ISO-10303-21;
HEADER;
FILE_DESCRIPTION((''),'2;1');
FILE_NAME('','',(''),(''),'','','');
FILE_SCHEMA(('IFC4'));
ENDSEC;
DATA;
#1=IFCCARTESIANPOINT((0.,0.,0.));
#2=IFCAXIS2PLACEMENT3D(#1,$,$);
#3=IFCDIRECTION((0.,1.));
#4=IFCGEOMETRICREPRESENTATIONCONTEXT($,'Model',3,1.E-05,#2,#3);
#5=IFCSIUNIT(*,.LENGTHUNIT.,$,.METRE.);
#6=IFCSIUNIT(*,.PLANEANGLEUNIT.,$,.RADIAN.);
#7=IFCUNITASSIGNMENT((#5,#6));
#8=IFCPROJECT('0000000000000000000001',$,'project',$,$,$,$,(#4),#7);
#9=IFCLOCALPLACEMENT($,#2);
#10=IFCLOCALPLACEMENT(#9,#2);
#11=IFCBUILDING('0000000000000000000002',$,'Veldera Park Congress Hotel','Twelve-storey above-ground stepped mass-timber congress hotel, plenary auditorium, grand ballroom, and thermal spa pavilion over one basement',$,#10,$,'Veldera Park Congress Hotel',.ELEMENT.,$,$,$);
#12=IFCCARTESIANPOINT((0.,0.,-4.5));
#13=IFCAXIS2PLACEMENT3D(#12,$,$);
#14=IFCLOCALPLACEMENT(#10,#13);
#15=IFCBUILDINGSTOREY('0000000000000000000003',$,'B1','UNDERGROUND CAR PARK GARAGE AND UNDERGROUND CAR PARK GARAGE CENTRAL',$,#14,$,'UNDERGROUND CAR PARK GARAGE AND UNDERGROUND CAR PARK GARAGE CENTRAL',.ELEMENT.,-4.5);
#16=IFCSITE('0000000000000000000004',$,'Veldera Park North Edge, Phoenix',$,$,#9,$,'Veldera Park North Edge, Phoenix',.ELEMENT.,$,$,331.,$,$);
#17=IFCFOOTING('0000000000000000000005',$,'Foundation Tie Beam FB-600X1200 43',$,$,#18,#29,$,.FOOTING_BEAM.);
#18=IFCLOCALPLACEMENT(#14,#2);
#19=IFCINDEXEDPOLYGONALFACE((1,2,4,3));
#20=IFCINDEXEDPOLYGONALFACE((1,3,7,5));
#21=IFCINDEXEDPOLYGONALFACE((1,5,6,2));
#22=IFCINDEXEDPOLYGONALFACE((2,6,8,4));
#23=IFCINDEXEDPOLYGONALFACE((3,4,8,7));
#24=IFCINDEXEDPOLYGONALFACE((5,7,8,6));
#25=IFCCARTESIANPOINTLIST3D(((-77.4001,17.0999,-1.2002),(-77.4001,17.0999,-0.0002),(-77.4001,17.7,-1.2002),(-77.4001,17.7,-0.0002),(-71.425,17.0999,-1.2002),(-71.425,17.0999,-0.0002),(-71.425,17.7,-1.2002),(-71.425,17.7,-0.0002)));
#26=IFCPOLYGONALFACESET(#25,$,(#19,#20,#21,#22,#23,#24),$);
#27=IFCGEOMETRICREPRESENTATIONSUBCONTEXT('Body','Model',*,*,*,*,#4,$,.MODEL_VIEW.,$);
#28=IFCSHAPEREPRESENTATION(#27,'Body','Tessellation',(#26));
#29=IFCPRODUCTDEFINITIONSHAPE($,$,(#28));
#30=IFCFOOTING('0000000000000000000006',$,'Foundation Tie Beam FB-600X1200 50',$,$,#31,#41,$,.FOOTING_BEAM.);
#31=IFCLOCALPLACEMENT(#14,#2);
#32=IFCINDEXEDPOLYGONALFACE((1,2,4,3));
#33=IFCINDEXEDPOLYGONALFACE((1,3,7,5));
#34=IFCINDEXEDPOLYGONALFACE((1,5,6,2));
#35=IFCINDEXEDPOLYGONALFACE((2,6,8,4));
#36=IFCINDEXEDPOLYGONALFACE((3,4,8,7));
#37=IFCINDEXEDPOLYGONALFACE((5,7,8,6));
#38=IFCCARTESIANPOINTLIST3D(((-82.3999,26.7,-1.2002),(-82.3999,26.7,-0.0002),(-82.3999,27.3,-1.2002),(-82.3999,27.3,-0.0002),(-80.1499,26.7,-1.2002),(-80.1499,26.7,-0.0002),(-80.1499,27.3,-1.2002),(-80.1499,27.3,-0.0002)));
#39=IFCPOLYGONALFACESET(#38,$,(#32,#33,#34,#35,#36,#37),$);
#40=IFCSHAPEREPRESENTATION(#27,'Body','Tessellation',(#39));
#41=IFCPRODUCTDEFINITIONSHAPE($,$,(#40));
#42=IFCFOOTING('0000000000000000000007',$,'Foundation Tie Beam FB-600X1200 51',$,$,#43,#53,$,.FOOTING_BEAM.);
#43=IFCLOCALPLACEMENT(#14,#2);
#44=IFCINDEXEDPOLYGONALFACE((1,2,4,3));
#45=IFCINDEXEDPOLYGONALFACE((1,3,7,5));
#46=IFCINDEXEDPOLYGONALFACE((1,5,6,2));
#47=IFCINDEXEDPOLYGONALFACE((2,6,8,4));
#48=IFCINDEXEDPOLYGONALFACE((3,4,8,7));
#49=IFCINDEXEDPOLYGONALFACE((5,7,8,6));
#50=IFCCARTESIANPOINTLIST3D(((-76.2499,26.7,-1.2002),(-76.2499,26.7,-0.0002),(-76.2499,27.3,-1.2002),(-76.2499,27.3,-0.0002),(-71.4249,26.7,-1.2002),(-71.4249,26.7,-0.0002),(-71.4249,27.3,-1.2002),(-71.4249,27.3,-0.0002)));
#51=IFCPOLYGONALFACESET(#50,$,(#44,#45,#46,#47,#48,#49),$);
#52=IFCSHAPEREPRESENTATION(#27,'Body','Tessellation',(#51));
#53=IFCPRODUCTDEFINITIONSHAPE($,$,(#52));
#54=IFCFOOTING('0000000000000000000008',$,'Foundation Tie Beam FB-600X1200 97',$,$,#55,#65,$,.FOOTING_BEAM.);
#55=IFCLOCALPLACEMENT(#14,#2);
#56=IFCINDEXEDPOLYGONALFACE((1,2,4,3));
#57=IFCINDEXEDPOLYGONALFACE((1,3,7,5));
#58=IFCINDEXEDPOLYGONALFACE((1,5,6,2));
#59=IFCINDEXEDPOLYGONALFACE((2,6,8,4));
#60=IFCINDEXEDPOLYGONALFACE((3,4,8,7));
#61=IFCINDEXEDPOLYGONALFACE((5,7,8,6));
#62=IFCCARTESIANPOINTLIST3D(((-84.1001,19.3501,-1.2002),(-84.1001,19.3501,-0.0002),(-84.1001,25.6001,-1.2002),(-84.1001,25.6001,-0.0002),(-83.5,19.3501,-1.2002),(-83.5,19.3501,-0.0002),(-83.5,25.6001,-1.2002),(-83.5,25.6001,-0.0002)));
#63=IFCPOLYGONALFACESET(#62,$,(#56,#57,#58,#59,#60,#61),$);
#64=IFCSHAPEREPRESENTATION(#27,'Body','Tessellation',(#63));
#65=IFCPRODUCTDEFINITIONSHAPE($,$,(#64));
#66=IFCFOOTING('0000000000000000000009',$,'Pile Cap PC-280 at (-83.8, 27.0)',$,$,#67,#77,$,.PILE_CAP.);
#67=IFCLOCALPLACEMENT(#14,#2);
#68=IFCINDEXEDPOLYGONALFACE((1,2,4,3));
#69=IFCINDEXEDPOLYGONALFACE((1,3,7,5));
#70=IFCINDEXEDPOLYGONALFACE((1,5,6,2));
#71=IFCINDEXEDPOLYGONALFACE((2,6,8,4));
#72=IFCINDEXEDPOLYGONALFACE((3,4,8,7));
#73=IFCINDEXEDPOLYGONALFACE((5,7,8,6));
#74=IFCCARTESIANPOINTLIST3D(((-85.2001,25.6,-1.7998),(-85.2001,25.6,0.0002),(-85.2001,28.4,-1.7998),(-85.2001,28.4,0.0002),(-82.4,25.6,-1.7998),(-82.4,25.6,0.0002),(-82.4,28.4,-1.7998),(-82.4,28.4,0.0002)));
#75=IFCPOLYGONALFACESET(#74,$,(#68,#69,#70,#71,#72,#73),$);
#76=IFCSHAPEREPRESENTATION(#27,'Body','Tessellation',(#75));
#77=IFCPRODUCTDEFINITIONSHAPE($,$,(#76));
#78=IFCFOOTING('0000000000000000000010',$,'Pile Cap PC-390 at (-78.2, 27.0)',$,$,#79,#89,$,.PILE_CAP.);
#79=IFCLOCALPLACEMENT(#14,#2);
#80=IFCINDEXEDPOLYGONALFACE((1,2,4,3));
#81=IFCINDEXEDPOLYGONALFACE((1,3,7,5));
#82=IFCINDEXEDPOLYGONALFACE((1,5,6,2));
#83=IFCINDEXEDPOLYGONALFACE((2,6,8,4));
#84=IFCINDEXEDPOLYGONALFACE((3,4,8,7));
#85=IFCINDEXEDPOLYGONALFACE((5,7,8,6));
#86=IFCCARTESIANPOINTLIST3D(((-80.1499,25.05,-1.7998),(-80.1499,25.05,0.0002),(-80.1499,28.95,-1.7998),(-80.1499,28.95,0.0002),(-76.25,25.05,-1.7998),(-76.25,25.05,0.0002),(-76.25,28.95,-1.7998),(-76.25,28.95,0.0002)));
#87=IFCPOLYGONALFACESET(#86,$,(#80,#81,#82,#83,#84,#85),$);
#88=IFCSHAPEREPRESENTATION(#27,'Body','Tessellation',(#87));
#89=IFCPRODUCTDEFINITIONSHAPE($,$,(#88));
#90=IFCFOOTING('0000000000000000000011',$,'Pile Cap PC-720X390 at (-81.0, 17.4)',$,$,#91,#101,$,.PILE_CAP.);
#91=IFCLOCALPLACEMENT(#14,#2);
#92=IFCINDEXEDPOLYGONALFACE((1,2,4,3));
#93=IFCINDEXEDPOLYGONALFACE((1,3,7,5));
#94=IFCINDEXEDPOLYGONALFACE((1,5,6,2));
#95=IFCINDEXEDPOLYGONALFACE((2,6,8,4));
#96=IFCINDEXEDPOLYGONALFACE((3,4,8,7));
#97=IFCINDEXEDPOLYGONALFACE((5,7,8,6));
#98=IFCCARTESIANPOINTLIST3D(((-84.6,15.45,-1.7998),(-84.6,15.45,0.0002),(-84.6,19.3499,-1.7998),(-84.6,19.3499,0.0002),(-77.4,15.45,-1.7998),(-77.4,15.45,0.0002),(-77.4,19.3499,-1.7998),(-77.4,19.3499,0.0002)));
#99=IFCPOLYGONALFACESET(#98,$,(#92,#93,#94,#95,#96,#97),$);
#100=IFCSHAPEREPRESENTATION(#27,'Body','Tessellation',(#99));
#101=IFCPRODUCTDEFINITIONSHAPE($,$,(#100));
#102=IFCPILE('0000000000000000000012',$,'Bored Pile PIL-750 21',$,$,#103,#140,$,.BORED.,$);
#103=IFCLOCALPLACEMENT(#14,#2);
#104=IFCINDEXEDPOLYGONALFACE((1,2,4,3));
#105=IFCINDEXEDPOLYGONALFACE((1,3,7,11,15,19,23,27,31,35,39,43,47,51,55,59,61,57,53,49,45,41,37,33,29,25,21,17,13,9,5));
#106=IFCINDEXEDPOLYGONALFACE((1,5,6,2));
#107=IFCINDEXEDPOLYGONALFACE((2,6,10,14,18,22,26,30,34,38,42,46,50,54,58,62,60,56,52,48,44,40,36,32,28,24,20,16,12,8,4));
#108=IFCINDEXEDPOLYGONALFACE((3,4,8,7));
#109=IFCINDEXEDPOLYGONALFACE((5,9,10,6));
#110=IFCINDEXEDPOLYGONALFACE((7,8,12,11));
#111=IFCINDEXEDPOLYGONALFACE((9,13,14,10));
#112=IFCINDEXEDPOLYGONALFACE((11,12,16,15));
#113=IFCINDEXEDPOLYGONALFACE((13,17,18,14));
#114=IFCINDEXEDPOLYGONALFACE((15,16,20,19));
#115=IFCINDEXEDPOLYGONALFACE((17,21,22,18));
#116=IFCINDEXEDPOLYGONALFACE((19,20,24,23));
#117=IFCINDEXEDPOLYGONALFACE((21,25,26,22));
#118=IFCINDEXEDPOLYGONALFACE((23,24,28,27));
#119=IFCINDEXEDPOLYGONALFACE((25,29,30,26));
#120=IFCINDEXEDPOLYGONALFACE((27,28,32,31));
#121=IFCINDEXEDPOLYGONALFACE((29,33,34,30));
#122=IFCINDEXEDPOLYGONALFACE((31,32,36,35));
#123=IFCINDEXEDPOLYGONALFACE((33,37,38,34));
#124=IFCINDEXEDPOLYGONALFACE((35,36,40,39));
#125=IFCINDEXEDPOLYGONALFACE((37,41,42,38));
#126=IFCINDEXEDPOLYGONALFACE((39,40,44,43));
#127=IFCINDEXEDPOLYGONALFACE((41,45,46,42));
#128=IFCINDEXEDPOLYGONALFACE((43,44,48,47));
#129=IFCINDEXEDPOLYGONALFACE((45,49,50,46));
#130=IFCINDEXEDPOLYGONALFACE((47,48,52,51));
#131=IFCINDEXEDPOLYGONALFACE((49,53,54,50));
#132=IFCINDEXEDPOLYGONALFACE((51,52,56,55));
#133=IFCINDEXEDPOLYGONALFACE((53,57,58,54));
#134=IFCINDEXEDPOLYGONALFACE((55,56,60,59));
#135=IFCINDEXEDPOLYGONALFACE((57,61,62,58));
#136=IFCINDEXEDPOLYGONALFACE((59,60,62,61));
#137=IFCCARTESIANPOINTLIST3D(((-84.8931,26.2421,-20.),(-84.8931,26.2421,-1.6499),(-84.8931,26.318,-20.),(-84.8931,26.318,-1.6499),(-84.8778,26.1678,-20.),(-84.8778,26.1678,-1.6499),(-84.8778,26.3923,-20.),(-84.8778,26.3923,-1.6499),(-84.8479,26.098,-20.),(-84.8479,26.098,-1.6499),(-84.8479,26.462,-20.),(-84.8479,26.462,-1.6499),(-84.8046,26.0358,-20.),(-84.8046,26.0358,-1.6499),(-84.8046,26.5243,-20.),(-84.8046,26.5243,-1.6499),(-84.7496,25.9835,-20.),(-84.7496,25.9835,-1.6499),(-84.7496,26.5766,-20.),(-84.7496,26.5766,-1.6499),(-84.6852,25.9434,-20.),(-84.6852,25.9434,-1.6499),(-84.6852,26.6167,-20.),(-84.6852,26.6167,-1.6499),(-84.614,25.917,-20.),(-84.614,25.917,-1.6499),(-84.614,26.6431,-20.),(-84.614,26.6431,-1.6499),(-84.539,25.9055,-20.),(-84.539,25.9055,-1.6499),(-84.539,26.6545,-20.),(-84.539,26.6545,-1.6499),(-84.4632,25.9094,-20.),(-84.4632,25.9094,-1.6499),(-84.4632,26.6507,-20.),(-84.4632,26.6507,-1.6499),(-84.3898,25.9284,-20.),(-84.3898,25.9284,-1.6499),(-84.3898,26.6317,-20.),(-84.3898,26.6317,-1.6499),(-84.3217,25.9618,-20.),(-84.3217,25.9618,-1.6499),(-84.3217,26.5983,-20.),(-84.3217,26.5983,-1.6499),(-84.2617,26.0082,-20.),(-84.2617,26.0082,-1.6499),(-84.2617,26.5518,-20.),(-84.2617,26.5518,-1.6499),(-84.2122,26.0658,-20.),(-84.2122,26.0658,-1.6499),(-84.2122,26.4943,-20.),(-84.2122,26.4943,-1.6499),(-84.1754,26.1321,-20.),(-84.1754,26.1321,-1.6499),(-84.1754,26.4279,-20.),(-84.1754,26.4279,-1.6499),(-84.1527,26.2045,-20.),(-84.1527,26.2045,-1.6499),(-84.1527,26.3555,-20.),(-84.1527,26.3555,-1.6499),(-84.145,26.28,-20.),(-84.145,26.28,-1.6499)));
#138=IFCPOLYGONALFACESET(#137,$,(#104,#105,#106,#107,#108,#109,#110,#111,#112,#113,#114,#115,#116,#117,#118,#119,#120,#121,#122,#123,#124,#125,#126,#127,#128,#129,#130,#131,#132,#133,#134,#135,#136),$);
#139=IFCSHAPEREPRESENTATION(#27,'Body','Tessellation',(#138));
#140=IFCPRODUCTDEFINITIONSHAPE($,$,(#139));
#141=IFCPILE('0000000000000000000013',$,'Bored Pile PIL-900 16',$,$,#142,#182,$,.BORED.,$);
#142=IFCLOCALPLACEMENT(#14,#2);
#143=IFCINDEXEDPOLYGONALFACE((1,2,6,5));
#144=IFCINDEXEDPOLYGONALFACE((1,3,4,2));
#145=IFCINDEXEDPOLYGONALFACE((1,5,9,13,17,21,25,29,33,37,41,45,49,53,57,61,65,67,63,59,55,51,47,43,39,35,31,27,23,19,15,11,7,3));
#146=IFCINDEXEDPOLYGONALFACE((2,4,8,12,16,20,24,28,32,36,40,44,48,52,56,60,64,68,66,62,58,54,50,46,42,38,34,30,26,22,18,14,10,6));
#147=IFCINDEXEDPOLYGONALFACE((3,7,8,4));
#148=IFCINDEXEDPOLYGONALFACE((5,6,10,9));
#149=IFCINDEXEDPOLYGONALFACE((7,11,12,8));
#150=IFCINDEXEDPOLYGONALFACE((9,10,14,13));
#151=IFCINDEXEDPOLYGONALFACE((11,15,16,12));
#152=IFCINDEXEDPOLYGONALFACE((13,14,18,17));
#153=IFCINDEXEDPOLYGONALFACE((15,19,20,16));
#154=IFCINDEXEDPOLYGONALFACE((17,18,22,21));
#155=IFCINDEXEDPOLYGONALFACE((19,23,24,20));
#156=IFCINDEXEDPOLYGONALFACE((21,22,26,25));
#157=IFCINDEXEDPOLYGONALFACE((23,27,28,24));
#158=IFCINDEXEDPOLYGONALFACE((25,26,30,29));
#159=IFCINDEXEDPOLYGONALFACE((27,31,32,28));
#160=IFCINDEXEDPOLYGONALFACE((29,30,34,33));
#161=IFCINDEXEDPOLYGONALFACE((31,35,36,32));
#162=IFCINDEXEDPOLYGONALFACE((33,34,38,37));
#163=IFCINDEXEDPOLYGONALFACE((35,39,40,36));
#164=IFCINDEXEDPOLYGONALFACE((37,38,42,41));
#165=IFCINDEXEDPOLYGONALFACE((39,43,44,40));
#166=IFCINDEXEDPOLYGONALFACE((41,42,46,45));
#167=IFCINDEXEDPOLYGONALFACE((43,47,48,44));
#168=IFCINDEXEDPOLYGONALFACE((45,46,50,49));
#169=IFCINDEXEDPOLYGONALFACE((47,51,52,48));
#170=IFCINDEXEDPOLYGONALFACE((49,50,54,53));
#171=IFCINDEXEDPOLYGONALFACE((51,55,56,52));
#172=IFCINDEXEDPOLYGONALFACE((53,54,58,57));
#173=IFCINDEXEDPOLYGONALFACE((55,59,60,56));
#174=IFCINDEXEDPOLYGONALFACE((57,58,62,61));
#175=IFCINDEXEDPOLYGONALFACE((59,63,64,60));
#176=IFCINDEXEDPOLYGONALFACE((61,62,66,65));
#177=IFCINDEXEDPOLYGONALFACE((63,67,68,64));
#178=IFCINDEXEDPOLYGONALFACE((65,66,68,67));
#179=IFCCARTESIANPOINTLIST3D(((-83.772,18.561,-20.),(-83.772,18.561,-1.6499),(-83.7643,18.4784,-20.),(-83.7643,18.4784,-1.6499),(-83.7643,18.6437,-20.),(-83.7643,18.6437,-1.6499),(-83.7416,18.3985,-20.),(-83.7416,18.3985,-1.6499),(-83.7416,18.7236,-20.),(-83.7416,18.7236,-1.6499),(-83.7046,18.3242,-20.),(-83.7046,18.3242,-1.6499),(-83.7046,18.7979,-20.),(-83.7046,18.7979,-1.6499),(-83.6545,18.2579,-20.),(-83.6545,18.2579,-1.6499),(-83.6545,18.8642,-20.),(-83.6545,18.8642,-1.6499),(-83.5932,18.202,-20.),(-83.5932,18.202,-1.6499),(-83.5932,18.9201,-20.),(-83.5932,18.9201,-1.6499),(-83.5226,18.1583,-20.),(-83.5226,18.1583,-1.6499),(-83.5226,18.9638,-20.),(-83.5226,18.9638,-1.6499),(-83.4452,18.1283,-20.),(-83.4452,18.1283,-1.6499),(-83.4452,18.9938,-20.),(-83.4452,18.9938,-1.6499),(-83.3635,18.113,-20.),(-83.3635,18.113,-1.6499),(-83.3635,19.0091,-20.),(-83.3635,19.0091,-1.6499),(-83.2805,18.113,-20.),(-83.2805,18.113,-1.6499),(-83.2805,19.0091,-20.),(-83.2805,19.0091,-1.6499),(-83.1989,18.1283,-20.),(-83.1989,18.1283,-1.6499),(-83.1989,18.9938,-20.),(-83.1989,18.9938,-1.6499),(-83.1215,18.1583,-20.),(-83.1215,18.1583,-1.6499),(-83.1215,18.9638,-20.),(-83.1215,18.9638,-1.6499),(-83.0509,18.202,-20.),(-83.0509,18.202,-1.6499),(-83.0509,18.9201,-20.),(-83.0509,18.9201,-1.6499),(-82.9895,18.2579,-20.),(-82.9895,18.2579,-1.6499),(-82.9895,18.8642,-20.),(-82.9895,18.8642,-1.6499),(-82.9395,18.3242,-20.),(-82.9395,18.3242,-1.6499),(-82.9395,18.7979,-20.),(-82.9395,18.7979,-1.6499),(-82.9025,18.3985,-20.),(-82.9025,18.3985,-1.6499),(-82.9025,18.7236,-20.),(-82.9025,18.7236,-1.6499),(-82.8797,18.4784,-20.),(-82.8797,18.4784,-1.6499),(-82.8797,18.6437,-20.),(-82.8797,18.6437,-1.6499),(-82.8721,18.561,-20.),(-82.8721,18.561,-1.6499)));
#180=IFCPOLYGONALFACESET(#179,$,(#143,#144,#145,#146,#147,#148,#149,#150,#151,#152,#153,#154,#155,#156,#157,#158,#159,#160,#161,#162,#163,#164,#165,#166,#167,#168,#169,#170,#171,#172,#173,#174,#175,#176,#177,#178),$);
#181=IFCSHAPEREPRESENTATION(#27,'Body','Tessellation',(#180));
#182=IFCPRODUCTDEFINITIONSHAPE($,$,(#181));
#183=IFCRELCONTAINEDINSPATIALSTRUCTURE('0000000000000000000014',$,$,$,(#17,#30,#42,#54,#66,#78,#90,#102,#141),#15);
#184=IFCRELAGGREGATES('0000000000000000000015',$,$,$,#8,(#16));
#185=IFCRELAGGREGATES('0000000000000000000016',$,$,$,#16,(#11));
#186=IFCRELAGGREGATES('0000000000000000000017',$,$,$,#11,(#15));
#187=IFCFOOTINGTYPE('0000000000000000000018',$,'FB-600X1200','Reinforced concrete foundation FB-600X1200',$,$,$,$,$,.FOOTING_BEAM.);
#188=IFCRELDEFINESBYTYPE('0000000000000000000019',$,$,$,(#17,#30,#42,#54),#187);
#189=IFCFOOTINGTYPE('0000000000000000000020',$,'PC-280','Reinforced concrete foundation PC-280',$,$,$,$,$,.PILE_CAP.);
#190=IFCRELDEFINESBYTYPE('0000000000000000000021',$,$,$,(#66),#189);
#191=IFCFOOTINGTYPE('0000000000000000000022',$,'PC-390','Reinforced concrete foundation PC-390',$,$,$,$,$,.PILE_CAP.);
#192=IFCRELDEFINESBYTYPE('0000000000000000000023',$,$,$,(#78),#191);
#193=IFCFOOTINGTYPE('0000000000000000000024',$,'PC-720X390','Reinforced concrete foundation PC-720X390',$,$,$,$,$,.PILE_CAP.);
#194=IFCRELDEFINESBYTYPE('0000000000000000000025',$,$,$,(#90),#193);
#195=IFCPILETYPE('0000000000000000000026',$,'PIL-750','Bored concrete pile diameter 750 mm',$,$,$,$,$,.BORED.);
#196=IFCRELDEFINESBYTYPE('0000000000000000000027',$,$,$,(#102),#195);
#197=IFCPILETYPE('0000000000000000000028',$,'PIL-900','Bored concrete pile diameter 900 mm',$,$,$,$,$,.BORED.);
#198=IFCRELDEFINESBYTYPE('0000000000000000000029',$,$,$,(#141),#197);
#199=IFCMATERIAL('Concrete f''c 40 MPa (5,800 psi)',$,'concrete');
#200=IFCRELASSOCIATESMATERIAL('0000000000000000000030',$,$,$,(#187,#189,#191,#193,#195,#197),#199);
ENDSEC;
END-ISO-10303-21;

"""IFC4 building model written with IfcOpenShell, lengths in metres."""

from ifc_helpers import new_model, si_unit, direction, frame, origin, origin_2d, place, context, subcontext, project, spatial, rectangle, circle, extrude, material, material_profile, profile_set, type_object, element, save


model = new_model("IFC4")

# Units and contexts
model_context = context("Model", 3, precision=1e-05, world=origin(), true_north=direction((0.0, 1.0)))
body_context = subcontext(model_context, "Body", "Model", "MODEL_VIEW")
ifc_project = project(units=[si_unit("LENGTHUNIT", "METRE"), si_unit("PLANEANGLEUNIT", "RADIAN")], contexts=[model_context])

# Site, building, storey
site_placement = place(None, origin())
site = spatial("IfcSite", under=ifc_project, at=site_placement, Name="Veldera Park North Edge, Phoenix", LongName="Veldera Park North Edge, Phoenix", CompositionType="ELEMENT", RefElevation=331.0)
building_placement = place(site_placement, origin())
building = spatial("IfcBuilding", under=site, at=building_placement, Name="Veldera Park Congress Hotel", Description="Twelve-storey above-ground stepped mass-timber congress hotel, plenary auditorium, grand ballroom, and thermal spa pavilion over one basement", LongName="Veldera Park Congress Hotel", CompositionType="ELEMENT")
storey_placement = place(building_placement, frame((0.0, 0.0, -4.5)))
storey = spatial("IfcBuildingStorey", under=building, at=storey_placement, Name="B1", Description="UNDERGROUND CAR PARK GARAGE AND UNDERGROUND CAR PARK GARAGE CENTRAL", LongName="UNDERGROUND CAR PARK GARAGE AND UNDERGROUND CAR PARK GARAGE CENTRAL", CompositionType="ELEMENT", Elevation=-4.5)

# Footings
ifc_material_1 = material(Name="Concrete f'c 40 MPa (5,800 psi)", Category="concrete")
footing_type_1 = type_object("IfcFootingType", Name="FB-600X1200", Description="Reinforced concrete foundation FB-600X1200", PredefinedType="FOOTING_BEAM", material=ifc_material_1)
footing_1_placement = place(storey_placement, frame((-74.4126, 17.3999, -1.2002), z_axis=(0.0, 0.0, 1.0), x_axis=(1.0, 0.0, 0.0)))
element("IfcFooting", 1, at=footing_1_placement, inside=storey, type_object=footing_type_1, Name="Foundation Tie Beam FB-600X1200 43", PredefinedType="FOOTING_BEAM", context=body_context, shape_type="SweptSolid", body=[
    extrude(rectangle(XDim=5.9751, YDim=0.6001, at=origin_2d()), origin(), (0.0, 0.0, 1.0), 1.2),
])
footing_2_placement = place(storey_placement, frame((-81.2749, 27.0, -1.2002), z_axis=(0.0, 0.0, 1.0), x_axis=(1.0, 0.0, 0.0)))
element("IfcFooting", 2, at=footing_2_placement, inside=storey, type_object=footing_type_1, Name="Foundation Tie Beam FB-600X1200 50", PredefinedType="FOOTING_BEAM", context=body_context, shape_type="SweptSolid", body=[
    extrude(rectangle(XDim=2.25, YDim=0.6001, at=origin_2d()), origin(), (0.0, 0.0, 1.0), 1.2),
])
footing_3_placement = place(storey_placement, frame((-73.8374, 27.0, -1.2002), z_axis=(0.0, 0.0, 1.0), x_axis=(1.0, 0.0, 0.0)))
element("IfcFooting", 3, at=footing_3_placement, inside=storey, type_object=footing_type_1, Name="Foundation Tie Beam FB-600X1200 51", PredefinedType="FOOTING_BEAM", context=body_context, shape_type="SweptSolid", body=[
    extrude(rectangle(XDim=4.825, YDim=0.6001, at=origin_2d()), origin(), (0.0, 0.0, 1.0), 1.2),
])
footing_4_placement = place(storey_placement, frame((-83.8, 22.4751, -1.2002), z_axis=(0.0, 0.0, 1.0), x_axis=(0.0, 1.0, 0.0)))
element("IfcFooting", 4, at=footing_4_placement, inside=storey, type_object=footing_type_1, Name="Foundation Tie Beam FB-600X1200 97", PredefinedType="FOOTING_BEAM", context=body_context, shape_type="SweptSolid", body=[
    extrude(rectangle(XDim=6.25, YDim=0.6001, at=origin_2d()), origin(), (0.0, 0.0, 1.0), 1.2),
])
footing_type_2 = type_object("IfcFootingType", Name="PC-280", Description="Reinforced concrete foundation PC-280", PredefinedType="PILE_CAP", material=ifc_material_1)
footing_5_placement = place(storey_placement, frame((-83.8, 27.0, -1.7998), z_axis=(0.0, 0.0, 1.0), x_axis=(1.0, 0.0, 0.0)))
element("IfcFooting", 5, at=footing_5_placement, inside=storey, type_object=footing_type_2, Name="Pile Cap PC-280 at (-83.8, 27.0)", PredefinedType="PILE_CAP", context=body_context, shape_type="SweptSolid", body=[
    extrude(rectangle(XDim=2.8, YDim=2.8, at=origin_2d()), origin(), (0.0, 0.0, 1.0), 1.8),
])
footing_type_3 = type_object("IfcFootingType", Name="PC-390", Description="Reinforced concrete foundation PC-390", PredefinedType="PILE_CAP", material=ifc_material_1)
footing_6_placement = place(storey_placement, frame((-78.2, 27.0, -1.7998), z_axis=(0.0, 0.0, 1.0), x_axis=(1.0, 0.0, 0.0)))
element("IfcFooting", 6, at=footing_6_placement, inside=storey, type_object=footing_type_3, Name="Pile Cap PC-390 at (-78.2, 27.0)", PredefinedType="PILE_CAP", context=body_context, shape_type="SweptSolid", body=[
    extrude(rectangle(XDim=3.8999, YDim=3.8999, at=origin_2d()), origin(), (0.0, 0.0, 1.0), 1.8),
])
footing_type_4 = type_object("IfcFootingType", Name="PC-720X390", Description="Reinforced concrete foundation PC-720X390", PredefinedType="PILE_CAP", material=ifc_material_1)
footing_7_placement = place(storey_placement, frame((-81.0, 17.3999, -1.7998), z_axis=(0.0, 0.0, 1.0), x_axis=(1.0, 0.0, 0.0)))
element("IfcFooting", 7, at=footing_7_placement, inside=storey, type_object=footing_type_4, Name="Pile Cap PC-720X390 at (-81.0, 17.4)", PredefinedType="PILE_CAP", context=body_context, shape_type="SweptSolid", body=[
    extrude(rectangle(XDim=7.2, YDim=3.8999, at=origin_2d()), origin(), (0.0, 0.0, 1.0), 1.8),
])

# Piles
ifc_material_profile_1 = material_profile(ifc_material_1, circle(Radius=0.375, at=origin_2d()), Name="PILE D750")
ifc_profile_set_1 = profile_set([ifc_material_profile_1], Name="Concrete f'c 40 MPa (5,800 psi)")
pile_type_1 = type_object("IfcPileType", Name="PIL-750", Description="Bored concrete pile diameter 750 mm", PredefinedType="BORED", material=ifc_profile_set_1)
pile_placement = place(storey_placement, frame((-84.52, 26.28, -1.6499), z_axis=(0.0, 0.0, -1.0), x_axis=(1.0, 0.0, 0.0)))
element("IfcPile", 8, at=pile_placement, inside=storey, type_object=pile_type_1, Name="Bored Pile PIL-750 21", PredefinedType="BORED", context=body_context, shape_type="SweptSolid", body=[
    extrude(circle(Radius=0.375, at=origin_2d()), origin(), (0.0, 0.0, 1.0), 18.3501),
])
ifc_material_profile_2 = material_profile(ifc_material_1, circle(Radius=0.45, at=origin_2d()), Name="PILE D900")
ifc_profile_set_2 = profile_set([ifc_material_profile_2], Name="Concrete f'c 40 MPa (5,800 psi)")
pile_type_2 = type_object("IfcPileType", Name="PIL-900", Description="Bored concrete pile diameter 900 mm", PredefinedType="BORED", material=ifc_profile_set_2)
for number, where, z_axis, x_axis, name in (
    (9, (-83.322, 18.561, -1.6499), (0.0, 0.0, -1.0), (1.0, 0.0, 0.0), "Bored Pile PIL-900 16"),
):
    element("IfcPile", number, at=place(storey_placement, frame(where, z_axis=z_axis, x_axis=x_axis)), inside=storey, type_object=pile_type_2, Name=name, PredefinedType="BORED", context=body_context, shape_type="SweptSolid", body=[
        extrude(circle(Radius=0.45, at=origin_2d()), origin(), (0.0, 0.0, 1.0), 18.3501),
    ])

save(model, "model.ifc")
